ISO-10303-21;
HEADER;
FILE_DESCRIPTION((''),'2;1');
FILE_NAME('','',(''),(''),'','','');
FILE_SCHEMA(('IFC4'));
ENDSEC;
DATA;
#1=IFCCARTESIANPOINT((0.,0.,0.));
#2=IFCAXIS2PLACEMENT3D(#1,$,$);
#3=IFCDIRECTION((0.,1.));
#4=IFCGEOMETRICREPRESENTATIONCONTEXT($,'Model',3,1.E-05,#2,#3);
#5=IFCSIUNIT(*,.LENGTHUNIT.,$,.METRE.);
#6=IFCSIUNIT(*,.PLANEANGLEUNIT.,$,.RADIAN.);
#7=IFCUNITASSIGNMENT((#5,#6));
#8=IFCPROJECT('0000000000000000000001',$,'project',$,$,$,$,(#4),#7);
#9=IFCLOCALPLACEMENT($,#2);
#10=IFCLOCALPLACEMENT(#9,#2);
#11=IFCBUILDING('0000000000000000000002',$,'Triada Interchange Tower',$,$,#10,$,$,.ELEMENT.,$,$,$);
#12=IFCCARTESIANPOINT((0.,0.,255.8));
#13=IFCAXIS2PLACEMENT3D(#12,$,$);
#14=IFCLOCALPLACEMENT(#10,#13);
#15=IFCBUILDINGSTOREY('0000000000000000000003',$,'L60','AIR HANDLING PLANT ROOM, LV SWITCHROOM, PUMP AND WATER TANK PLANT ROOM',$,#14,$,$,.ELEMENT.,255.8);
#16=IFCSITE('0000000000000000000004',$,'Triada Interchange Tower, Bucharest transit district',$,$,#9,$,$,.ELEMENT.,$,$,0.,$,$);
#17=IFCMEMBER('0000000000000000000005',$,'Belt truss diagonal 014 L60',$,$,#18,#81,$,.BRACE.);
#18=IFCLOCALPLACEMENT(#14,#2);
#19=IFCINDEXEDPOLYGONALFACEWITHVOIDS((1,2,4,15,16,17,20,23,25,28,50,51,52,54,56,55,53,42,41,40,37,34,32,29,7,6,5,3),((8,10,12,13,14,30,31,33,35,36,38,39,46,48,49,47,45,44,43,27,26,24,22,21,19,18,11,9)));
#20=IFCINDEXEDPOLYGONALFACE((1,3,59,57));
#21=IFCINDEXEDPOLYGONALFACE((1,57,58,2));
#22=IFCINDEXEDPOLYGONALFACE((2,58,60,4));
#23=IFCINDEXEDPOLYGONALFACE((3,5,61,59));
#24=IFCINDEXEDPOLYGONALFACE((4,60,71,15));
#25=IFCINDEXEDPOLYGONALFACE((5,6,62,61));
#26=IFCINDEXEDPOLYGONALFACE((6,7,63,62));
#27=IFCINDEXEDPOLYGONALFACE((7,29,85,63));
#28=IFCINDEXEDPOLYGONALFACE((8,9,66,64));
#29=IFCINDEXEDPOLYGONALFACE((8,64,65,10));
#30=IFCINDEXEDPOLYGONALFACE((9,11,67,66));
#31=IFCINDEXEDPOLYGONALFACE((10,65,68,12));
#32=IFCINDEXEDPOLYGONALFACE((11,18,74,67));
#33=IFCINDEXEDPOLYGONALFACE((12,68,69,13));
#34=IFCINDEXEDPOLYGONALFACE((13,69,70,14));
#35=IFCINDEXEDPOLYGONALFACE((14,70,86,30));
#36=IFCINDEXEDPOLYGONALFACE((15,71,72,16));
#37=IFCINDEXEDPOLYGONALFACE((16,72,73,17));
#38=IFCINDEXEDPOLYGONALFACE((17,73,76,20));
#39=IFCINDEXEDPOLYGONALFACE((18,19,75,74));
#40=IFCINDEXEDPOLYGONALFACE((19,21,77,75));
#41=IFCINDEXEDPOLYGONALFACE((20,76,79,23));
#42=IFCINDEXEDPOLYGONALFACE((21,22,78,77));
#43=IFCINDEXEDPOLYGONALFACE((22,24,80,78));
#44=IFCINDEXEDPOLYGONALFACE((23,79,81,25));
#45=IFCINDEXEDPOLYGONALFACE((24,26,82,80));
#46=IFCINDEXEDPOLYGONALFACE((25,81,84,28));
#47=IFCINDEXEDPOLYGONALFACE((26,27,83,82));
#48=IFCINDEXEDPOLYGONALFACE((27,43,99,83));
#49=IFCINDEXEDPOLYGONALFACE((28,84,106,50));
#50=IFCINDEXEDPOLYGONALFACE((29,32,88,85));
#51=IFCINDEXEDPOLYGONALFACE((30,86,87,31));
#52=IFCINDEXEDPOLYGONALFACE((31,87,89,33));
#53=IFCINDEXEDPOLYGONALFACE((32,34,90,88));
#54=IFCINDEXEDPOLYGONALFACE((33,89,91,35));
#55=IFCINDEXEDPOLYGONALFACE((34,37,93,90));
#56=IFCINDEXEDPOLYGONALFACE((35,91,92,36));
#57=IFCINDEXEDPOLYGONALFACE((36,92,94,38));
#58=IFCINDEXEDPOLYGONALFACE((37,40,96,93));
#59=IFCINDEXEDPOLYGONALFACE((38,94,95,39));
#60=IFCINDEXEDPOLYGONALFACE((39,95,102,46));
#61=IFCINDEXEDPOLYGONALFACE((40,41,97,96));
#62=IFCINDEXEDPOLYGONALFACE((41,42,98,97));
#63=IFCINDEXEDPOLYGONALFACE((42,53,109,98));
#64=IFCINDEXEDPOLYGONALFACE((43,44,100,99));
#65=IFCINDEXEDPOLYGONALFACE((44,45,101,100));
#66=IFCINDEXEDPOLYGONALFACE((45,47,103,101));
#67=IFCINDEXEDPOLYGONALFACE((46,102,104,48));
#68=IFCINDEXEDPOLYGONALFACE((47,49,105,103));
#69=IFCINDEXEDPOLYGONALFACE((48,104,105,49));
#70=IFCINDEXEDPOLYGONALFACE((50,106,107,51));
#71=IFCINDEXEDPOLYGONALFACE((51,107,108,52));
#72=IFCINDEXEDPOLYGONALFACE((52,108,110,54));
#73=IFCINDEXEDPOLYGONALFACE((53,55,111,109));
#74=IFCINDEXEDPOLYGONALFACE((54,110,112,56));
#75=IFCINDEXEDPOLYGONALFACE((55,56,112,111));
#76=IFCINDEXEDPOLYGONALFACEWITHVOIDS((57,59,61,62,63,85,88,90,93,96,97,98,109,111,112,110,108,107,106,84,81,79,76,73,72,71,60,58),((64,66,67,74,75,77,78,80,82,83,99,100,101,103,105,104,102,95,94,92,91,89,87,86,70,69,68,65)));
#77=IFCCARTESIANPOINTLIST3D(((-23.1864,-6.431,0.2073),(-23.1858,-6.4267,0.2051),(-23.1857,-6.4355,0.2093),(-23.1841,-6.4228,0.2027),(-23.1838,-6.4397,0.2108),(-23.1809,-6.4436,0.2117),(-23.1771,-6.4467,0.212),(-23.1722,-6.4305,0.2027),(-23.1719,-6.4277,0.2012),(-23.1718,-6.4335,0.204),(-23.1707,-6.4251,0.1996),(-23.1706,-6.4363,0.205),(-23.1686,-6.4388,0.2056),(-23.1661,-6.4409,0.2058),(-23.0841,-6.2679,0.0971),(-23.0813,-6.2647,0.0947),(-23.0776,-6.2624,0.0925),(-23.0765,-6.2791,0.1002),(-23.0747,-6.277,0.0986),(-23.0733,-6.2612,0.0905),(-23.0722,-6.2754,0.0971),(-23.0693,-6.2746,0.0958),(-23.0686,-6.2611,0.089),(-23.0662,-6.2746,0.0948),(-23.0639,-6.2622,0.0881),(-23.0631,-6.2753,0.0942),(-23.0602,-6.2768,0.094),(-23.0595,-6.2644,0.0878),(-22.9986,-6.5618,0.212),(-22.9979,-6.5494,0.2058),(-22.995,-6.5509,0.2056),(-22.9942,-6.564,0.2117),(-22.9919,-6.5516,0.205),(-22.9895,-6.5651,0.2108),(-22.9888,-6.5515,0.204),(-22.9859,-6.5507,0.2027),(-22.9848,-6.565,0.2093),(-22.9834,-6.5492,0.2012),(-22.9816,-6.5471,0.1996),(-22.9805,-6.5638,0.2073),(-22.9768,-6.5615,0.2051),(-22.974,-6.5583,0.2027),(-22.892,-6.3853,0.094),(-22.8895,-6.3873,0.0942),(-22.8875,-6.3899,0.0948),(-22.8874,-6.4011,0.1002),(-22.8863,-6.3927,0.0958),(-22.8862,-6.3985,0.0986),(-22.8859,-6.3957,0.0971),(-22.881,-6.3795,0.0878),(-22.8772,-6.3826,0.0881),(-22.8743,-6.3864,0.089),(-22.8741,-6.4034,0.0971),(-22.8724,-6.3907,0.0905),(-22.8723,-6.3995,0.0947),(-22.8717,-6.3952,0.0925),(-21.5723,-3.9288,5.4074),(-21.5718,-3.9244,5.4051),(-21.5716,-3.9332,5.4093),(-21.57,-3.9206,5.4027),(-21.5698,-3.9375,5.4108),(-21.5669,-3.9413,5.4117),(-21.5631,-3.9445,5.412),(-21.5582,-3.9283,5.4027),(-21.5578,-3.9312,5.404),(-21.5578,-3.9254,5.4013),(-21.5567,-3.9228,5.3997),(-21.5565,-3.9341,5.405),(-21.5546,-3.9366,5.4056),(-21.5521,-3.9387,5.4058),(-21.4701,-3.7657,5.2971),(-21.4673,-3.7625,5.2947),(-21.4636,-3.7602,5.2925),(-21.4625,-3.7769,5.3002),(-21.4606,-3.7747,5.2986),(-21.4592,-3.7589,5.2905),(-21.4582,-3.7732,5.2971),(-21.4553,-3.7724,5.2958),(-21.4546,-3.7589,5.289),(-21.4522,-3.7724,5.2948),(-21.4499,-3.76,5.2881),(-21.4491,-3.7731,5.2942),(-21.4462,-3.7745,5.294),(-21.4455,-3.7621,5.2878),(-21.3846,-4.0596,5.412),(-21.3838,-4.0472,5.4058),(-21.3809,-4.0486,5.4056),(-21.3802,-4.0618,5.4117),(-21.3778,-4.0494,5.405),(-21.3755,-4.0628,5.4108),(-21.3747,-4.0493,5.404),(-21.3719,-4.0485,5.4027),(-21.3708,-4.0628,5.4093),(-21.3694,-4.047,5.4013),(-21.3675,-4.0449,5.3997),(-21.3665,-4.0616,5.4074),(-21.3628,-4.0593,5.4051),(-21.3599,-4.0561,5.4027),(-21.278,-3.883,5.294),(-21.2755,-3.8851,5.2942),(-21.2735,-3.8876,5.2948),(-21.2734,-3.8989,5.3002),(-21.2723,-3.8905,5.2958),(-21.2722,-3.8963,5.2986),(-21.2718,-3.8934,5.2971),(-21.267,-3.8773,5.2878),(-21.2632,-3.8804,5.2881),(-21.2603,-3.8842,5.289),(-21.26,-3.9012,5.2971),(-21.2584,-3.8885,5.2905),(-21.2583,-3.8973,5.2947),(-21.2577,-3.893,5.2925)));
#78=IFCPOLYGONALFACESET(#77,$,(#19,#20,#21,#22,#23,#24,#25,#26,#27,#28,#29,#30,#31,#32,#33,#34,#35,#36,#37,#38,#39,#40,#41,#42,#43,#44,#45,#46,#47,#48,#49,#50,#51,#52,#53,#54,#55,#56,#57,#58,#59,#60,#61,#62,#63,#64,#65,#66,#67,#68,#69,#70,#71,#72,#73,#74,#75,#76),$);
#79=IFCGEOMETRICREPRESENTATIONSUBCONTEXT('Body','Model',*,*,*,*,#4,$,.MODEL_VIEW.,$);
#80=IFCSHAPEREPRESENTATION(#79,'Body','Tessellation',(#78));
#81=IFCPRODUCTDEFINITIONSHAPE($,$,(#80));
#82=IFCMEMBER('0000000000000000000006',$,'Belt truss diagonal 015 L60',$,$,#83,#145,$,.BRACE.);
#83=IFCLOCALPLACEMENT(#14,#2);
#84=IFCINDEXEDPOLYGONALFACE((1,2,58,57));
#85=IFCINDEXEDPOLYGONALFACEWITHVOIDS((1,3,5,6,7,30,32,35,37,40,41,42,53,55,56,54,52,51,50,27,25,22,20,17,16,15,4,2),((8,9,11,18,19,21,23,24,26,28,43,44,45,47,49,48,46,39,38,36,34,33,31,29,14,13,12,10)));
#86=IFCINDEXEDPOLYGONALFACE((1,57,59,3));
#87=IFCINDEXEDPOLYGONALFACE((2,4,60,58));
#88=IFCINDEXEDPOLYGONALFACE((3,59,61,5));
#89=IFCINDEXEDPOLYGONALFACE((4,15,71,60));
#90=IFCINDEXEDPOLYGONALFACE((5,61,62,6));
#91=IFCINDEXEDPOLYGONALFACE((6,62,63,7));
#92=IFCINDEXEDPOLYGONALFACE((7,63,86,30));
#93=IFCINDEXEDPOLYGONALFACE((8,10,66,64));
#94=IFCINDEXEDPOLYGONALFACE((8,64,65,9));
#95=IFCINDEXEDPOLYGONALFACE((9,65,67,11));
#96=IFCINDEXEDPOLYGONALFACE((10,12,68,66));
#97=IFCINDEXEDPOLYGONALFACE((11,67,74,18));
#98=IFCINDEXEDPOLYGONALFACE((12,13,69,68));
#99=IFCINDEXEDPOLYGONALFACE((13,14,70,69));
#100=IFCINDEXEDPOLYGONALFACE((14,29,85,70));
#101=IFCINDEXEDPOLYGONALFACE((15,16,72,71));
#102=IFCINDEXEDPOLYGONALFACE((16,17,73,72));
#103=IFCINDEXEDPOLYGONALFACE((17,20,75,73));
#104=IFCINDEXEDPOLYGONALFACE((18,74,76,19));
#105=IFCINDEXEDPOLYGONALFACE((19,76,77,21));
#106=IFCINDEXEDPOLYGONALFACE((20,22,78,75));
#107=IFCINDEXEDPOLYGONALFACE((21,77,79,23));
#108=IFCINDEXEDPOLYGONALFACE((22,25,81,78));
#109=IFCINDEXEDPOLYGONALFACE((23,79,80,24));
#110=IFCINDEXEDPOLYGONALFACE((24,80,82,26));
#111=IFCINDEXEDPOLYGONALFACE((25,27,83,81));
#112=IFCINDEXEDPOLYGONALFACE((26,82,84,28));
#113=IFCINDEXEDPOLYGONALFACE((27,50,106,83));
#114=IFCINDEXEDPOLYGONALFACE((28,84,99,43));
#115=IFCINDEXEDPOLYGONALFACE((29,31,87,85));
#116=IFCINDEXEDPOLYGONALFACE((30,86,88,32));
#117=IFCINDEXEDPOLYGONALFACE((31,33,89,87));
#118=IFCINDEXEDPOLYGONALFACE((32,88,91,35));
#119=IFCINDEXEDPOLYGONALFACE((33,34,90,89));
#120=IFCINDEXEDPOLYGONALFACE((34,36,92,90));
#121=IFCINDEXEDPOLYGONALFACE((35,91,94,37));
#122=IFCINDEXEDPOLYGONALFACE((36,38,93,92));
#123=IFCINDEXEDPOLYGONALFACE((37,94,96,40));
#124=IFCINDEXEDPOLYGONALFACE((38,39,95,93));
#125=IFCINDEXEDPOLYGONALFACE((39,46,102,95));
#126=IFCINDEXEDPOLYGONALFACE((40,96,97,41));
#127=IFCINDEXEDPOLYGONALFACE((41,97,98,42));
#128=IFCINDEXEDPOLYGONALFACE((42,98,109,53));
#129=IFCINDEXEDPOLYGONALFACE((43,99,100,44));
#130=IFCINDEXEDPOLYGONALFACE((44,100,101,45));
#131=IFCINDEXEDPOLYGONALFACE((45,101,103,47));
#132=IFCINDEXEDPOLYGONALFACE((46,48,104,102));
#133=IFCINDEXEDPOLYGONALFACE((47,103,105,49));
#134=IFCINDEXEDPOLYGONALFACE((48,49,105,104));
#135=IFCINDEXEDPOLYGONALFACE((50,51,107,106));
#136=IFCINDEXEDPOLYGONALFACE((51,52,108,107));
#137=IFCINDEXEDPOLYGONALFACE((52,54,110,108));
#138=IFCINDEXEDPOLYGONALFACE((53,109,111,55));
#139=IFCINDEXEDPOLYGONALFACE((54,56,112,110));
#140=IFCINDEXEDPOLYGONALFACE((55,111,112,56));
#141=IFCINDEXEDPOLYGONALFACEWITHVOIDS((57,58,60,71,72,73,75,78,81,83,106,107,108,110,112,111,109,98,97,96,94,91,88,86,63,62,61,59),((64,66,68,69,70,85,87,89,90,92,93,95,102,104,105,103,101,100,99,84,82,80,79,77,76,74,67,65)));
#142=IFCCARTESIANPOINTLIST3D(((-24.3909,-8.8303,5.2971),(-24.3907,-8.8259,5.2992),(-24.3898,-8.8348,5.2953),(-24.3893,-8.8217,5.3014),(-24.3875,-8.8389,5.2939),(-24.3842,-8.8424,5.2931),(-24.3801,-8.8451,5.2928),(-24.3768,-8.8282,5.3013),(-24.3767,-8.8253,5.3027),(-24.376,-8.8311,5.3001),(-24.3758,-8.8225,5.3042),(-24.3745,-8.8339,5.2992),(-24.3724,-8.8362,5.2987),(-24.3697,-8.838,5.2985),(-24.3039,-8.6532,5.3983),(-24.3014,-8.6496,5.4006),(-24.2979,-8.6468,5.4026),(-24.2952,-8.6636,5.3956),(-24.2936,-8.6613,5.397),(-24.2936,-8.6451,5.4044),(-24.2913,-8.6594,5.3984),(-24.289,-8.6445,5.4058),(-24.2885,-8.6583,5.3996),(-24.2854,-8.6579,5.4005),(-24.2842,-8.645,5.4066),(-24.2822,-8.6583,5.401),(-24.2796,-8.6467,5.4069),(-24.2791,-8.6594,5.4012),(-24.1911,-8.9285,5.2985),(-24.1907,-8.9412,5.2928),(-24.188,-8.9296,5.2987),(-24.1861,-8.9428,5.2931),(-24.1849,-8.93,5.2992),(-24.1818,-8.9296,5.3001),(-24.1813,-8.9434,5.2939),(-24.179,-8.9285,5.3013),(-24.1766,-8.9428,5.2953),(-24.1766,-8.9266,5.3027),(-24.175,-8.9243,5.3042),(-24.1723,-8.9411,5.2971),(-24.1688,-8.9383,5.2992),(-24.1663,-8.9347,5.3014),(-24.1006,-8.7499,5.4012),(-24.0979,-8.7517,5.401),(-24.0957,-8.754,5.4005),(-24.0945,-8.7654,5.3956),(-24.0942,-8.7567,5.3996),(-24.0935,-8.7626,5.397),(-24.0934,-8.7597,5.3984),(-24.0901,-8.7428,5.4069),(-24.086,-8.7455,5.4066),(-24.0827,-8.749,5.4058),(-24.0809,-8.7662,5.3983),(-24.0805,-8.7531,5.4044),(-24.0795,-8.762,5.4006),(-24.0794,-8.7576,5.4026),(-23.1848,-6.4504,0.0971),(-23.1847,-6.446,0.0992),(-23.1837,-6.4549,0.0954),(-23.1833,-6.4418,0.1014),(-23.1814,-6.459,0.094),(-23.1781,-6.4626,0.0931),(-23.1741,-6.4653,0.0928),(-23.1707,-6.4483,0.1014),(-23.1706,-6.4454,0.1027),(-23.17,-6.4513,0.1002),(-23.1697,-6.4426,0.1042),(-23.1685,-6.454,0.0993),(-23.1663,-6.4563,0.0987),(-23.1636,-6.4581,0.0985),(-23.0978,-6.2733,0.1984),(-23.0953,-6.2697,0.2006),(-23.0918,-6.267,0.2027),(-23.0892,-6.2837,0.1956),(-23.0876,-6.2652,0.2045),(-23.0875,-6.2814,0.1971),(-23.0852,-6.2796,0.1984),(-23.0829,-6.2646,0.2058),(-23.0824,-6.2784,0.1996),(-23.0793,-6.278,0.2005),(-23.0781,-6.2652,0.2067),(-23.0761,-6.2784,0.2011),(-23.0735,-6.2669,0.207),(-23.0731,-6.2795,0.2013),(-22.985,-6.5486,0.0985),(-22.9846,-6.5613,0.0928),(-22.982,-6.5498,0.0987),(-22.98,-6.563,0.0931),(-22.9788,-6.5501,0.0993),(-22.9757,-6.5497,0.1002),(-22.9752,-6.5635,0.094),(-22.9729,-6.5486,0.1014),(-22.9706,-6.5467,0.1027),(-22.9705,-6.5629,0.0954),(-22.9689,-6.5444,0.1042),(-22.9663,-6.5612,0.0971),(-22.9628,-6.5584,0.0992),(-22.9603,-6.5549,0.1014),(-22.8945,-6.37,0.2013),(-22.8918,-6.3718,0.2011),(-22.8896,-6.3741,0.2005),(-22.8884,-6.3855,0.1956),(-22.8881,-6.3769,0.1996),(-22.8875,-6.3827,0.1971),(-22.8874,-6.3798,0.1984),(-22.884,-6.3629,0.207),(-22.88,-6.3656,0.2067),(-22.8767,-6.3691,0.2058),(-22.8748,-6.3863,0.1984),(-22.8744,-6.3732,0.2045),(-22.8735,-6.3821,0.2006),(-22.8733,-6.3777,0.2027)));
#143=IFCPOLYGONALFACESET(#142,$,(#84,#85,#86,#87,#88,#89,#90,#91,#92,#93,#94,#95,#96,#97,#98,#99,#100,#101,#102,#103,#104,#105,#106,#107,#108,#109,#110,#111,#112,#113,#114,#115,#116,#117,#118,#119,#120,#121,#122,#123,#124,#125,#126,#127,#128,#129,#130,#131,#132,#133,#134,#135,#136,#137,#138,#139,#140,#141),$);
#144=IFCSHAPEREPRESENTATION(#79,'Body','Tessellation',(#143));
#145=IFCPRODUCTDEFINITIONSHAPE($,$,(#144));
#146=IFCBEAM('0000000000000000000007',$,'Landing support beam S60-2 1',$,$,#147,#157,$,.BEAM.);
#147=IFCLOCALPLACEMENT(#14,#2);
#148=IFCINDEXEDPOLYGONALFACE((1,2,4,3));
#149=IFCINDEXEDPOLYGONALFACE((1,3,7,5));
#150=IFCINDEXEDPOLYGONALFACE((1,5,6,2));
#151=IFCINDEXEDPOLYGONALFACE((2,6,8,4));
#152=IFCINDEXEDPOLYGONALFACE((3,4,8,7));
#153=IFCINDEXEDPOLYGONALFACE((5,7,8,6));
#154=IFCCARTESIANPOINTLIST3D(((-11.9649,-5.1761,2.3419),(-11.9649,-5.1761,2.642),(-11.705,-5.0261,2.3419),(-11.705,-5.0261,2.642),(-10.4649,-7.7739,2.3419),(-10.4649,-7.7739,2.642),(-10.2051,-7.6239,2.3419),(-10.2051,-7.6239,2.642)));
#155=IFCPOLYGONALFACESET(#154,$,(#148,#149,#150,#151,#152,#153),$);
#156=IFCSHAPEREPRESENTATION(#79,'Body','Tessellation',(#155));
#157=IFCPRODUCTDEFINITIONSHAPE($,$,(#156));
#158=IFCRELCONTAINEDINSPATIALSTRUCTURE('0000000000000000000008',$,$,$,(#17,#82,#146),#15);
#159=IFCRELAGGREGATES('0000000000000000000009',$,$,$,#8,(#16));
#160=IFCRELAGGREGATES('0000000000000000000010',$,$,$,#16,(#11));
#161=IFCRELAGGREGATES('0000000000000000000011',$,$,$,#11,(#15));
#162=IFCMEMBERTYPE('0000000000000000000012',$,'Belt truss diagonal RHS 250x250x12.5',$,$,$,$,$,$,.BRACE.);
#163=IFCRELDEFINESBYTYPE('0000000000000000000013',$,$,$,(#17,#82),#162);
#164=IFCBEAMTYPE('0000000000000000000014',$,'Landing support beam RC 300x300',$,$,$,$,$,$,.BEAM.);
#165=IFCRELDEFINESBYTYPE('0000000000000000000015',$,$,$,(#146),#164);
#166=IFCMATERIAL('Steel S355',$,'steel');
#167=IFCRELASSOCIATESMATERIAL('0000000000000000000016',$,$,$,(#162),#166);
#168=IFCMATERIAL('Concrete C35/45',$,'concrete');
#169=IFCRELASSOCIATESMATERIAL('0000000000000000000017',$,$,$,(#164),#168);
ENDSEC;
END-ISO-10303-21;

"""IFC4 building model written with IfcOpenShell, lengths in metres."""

from ifc_helpers import new_model, si_unit, direction, frame, origin, origin_2d, place, context, subcontext, project, spatial, rectangle, hollow_rectangle, extrude, material, material_profile, profile_set, type_object, element, save


model = new_model("IFC4")

# Units and contexts
model_context = context("Model", 3, precision=1e-05, world=origin(), true_north=direction((0.0, 1.0)))
body_context = subcontext(model_context, "Body", "Model", "MODEL_VIEW")
ifc_project = project(units=[si_unit("LENGTHUNIT", "METRE"), si_unit("PLANEANGLEUNIT", "RADIAN")], contexts=[model_context])

# Site, building, storey
site_placement = place(None, origin())
site = spatial("IfcSite", under=ifc_project, at=site_placement, Name="Triada Interchange Tower, Bucharest transit district", CompositionType="ELEMENT", RefElevation=0.0)
building_placement = place(site_placement, origin())
building = spatial("IfcBuilding", under=site, at=building_placement, Name="Triada Interchange Tower", CompositionType="ELEMENT")
storey_placement = place(building_placement, frame((0.0, 0.0, 255.8)))
storey = spatial("IfcBuildingStorey", under=building, at=storey_placement, Name="L60", Description="AIR HANDLING PLANT ROOM, LV SWITCHROOM, PUMP AND WATER TANK PLANT ROOM", CompositionType="ELEMENT", Elevation=255.8)

# Members
ifc_material_1 = material(Name="Steel S355", Category="steel")
ifc_material_profile_1 = material_profile(ifc_material_1, hollow_rectangle(XDim=0.25, YDim=0.25, WallThickness=0.0125, InnerFilletRadius=0.0125, OuterFilletRadius=0.0188, at=origin_2d()), Name="RHS 250x250x12.5")
ifc_profile_set_1 = profile_set([ifc_material_profile_1], Name="Steel S355")
member_type_1 = type_object("IfcMemberType", Name="Belt truss diagonal RHS 250x250x12.5", PredefinedType="BRACE", material=ifc_profile_set_1)
member_1_placement = place(storey_placement, frame((-23.0291, -6.4131, 0.1499), z_axis=(0.269356, 0.417581, 0.867798), x_axis=(-0.840344, 0.542054, 0.0)))
element("IfcMember", 1, at=member_1_placement, inside=storey, type_object=member_type_1, Name="Belt truss diagonal 014 L60", PredefinedType="BRACE", context=body_context, shape_type="SweptSolid", body=[
    extrude(hollow_rectangle(XDim=0.25, YDim=0.25, WallThickness=0.0125, InnerFilletRadius=0.0125, OuterFilletRadius=0.0188, at=origin_2d()), origin(), (0.0, 0.0, 1.0), 5.9922),
])
member_2_placement = place(storey_placement, frame((-23.0291, -6.4141, 0.1499), z_axis=(-0.206358, -0.407202, 0.889721), x_axis=(0.891998, -0.452039, 0.0)))
element("IfcMember", 2, at=member_2_placement, inside=storey, type_object=member_type_1, Name="Belt truss diagonal 015 L60", PredefinedType="BRACE", context=body_context, shape_type="SweptSolid", body=[
    extrude(hollow_rectangle(XDim=0.25, YDim=0.25, WallThickness=0.0125, InnerFilletRadius=0.0125, OuterFilletRadius=0.0188, at=origin_2d()), origin(), (0.0, 0.0, 1.0), 5.8445),
])

# Beam
ifc_material_2 = material(Name="Concrete C35/45", Category="concrete")
ifc_material_profile_2 = material_profile(ifc_material_2, rectangle(XDim=0.3, YDim=0.3, at=origin_2d()), Name="RC 300x300")
ifc_profile_set_2 = profile_set([ifc_material_profile_2], Name="Concrete C35/45")
beam_type = type_object("IfcBeamType", Name="Landing support beam RC 300x300", PredefinedType="BEAM", material=ifc_profile_set_2)
beam_placement = place(storey_placement, frame((-11.835, -5.1011, 2.4919), z_axis=(0.500025, -0.866011, 0.0), x_axis=(0.866011, 0.500025, 0.0)))
element("IfcBeam", 3, at=beam_placement, inside=storey, type_object=beam_type, Name="Landing support beam S60-2 1", PredefinedType="BEAM", context=body_context, shape_type="SweptSolid", body=[
    extrude(rectangle(XDim=0.3, YDim=0.3, at=origin_2d()), origin(), (0.0, 0.0, 1.0), 2.9998),
])

save(model, "model.ifc")
